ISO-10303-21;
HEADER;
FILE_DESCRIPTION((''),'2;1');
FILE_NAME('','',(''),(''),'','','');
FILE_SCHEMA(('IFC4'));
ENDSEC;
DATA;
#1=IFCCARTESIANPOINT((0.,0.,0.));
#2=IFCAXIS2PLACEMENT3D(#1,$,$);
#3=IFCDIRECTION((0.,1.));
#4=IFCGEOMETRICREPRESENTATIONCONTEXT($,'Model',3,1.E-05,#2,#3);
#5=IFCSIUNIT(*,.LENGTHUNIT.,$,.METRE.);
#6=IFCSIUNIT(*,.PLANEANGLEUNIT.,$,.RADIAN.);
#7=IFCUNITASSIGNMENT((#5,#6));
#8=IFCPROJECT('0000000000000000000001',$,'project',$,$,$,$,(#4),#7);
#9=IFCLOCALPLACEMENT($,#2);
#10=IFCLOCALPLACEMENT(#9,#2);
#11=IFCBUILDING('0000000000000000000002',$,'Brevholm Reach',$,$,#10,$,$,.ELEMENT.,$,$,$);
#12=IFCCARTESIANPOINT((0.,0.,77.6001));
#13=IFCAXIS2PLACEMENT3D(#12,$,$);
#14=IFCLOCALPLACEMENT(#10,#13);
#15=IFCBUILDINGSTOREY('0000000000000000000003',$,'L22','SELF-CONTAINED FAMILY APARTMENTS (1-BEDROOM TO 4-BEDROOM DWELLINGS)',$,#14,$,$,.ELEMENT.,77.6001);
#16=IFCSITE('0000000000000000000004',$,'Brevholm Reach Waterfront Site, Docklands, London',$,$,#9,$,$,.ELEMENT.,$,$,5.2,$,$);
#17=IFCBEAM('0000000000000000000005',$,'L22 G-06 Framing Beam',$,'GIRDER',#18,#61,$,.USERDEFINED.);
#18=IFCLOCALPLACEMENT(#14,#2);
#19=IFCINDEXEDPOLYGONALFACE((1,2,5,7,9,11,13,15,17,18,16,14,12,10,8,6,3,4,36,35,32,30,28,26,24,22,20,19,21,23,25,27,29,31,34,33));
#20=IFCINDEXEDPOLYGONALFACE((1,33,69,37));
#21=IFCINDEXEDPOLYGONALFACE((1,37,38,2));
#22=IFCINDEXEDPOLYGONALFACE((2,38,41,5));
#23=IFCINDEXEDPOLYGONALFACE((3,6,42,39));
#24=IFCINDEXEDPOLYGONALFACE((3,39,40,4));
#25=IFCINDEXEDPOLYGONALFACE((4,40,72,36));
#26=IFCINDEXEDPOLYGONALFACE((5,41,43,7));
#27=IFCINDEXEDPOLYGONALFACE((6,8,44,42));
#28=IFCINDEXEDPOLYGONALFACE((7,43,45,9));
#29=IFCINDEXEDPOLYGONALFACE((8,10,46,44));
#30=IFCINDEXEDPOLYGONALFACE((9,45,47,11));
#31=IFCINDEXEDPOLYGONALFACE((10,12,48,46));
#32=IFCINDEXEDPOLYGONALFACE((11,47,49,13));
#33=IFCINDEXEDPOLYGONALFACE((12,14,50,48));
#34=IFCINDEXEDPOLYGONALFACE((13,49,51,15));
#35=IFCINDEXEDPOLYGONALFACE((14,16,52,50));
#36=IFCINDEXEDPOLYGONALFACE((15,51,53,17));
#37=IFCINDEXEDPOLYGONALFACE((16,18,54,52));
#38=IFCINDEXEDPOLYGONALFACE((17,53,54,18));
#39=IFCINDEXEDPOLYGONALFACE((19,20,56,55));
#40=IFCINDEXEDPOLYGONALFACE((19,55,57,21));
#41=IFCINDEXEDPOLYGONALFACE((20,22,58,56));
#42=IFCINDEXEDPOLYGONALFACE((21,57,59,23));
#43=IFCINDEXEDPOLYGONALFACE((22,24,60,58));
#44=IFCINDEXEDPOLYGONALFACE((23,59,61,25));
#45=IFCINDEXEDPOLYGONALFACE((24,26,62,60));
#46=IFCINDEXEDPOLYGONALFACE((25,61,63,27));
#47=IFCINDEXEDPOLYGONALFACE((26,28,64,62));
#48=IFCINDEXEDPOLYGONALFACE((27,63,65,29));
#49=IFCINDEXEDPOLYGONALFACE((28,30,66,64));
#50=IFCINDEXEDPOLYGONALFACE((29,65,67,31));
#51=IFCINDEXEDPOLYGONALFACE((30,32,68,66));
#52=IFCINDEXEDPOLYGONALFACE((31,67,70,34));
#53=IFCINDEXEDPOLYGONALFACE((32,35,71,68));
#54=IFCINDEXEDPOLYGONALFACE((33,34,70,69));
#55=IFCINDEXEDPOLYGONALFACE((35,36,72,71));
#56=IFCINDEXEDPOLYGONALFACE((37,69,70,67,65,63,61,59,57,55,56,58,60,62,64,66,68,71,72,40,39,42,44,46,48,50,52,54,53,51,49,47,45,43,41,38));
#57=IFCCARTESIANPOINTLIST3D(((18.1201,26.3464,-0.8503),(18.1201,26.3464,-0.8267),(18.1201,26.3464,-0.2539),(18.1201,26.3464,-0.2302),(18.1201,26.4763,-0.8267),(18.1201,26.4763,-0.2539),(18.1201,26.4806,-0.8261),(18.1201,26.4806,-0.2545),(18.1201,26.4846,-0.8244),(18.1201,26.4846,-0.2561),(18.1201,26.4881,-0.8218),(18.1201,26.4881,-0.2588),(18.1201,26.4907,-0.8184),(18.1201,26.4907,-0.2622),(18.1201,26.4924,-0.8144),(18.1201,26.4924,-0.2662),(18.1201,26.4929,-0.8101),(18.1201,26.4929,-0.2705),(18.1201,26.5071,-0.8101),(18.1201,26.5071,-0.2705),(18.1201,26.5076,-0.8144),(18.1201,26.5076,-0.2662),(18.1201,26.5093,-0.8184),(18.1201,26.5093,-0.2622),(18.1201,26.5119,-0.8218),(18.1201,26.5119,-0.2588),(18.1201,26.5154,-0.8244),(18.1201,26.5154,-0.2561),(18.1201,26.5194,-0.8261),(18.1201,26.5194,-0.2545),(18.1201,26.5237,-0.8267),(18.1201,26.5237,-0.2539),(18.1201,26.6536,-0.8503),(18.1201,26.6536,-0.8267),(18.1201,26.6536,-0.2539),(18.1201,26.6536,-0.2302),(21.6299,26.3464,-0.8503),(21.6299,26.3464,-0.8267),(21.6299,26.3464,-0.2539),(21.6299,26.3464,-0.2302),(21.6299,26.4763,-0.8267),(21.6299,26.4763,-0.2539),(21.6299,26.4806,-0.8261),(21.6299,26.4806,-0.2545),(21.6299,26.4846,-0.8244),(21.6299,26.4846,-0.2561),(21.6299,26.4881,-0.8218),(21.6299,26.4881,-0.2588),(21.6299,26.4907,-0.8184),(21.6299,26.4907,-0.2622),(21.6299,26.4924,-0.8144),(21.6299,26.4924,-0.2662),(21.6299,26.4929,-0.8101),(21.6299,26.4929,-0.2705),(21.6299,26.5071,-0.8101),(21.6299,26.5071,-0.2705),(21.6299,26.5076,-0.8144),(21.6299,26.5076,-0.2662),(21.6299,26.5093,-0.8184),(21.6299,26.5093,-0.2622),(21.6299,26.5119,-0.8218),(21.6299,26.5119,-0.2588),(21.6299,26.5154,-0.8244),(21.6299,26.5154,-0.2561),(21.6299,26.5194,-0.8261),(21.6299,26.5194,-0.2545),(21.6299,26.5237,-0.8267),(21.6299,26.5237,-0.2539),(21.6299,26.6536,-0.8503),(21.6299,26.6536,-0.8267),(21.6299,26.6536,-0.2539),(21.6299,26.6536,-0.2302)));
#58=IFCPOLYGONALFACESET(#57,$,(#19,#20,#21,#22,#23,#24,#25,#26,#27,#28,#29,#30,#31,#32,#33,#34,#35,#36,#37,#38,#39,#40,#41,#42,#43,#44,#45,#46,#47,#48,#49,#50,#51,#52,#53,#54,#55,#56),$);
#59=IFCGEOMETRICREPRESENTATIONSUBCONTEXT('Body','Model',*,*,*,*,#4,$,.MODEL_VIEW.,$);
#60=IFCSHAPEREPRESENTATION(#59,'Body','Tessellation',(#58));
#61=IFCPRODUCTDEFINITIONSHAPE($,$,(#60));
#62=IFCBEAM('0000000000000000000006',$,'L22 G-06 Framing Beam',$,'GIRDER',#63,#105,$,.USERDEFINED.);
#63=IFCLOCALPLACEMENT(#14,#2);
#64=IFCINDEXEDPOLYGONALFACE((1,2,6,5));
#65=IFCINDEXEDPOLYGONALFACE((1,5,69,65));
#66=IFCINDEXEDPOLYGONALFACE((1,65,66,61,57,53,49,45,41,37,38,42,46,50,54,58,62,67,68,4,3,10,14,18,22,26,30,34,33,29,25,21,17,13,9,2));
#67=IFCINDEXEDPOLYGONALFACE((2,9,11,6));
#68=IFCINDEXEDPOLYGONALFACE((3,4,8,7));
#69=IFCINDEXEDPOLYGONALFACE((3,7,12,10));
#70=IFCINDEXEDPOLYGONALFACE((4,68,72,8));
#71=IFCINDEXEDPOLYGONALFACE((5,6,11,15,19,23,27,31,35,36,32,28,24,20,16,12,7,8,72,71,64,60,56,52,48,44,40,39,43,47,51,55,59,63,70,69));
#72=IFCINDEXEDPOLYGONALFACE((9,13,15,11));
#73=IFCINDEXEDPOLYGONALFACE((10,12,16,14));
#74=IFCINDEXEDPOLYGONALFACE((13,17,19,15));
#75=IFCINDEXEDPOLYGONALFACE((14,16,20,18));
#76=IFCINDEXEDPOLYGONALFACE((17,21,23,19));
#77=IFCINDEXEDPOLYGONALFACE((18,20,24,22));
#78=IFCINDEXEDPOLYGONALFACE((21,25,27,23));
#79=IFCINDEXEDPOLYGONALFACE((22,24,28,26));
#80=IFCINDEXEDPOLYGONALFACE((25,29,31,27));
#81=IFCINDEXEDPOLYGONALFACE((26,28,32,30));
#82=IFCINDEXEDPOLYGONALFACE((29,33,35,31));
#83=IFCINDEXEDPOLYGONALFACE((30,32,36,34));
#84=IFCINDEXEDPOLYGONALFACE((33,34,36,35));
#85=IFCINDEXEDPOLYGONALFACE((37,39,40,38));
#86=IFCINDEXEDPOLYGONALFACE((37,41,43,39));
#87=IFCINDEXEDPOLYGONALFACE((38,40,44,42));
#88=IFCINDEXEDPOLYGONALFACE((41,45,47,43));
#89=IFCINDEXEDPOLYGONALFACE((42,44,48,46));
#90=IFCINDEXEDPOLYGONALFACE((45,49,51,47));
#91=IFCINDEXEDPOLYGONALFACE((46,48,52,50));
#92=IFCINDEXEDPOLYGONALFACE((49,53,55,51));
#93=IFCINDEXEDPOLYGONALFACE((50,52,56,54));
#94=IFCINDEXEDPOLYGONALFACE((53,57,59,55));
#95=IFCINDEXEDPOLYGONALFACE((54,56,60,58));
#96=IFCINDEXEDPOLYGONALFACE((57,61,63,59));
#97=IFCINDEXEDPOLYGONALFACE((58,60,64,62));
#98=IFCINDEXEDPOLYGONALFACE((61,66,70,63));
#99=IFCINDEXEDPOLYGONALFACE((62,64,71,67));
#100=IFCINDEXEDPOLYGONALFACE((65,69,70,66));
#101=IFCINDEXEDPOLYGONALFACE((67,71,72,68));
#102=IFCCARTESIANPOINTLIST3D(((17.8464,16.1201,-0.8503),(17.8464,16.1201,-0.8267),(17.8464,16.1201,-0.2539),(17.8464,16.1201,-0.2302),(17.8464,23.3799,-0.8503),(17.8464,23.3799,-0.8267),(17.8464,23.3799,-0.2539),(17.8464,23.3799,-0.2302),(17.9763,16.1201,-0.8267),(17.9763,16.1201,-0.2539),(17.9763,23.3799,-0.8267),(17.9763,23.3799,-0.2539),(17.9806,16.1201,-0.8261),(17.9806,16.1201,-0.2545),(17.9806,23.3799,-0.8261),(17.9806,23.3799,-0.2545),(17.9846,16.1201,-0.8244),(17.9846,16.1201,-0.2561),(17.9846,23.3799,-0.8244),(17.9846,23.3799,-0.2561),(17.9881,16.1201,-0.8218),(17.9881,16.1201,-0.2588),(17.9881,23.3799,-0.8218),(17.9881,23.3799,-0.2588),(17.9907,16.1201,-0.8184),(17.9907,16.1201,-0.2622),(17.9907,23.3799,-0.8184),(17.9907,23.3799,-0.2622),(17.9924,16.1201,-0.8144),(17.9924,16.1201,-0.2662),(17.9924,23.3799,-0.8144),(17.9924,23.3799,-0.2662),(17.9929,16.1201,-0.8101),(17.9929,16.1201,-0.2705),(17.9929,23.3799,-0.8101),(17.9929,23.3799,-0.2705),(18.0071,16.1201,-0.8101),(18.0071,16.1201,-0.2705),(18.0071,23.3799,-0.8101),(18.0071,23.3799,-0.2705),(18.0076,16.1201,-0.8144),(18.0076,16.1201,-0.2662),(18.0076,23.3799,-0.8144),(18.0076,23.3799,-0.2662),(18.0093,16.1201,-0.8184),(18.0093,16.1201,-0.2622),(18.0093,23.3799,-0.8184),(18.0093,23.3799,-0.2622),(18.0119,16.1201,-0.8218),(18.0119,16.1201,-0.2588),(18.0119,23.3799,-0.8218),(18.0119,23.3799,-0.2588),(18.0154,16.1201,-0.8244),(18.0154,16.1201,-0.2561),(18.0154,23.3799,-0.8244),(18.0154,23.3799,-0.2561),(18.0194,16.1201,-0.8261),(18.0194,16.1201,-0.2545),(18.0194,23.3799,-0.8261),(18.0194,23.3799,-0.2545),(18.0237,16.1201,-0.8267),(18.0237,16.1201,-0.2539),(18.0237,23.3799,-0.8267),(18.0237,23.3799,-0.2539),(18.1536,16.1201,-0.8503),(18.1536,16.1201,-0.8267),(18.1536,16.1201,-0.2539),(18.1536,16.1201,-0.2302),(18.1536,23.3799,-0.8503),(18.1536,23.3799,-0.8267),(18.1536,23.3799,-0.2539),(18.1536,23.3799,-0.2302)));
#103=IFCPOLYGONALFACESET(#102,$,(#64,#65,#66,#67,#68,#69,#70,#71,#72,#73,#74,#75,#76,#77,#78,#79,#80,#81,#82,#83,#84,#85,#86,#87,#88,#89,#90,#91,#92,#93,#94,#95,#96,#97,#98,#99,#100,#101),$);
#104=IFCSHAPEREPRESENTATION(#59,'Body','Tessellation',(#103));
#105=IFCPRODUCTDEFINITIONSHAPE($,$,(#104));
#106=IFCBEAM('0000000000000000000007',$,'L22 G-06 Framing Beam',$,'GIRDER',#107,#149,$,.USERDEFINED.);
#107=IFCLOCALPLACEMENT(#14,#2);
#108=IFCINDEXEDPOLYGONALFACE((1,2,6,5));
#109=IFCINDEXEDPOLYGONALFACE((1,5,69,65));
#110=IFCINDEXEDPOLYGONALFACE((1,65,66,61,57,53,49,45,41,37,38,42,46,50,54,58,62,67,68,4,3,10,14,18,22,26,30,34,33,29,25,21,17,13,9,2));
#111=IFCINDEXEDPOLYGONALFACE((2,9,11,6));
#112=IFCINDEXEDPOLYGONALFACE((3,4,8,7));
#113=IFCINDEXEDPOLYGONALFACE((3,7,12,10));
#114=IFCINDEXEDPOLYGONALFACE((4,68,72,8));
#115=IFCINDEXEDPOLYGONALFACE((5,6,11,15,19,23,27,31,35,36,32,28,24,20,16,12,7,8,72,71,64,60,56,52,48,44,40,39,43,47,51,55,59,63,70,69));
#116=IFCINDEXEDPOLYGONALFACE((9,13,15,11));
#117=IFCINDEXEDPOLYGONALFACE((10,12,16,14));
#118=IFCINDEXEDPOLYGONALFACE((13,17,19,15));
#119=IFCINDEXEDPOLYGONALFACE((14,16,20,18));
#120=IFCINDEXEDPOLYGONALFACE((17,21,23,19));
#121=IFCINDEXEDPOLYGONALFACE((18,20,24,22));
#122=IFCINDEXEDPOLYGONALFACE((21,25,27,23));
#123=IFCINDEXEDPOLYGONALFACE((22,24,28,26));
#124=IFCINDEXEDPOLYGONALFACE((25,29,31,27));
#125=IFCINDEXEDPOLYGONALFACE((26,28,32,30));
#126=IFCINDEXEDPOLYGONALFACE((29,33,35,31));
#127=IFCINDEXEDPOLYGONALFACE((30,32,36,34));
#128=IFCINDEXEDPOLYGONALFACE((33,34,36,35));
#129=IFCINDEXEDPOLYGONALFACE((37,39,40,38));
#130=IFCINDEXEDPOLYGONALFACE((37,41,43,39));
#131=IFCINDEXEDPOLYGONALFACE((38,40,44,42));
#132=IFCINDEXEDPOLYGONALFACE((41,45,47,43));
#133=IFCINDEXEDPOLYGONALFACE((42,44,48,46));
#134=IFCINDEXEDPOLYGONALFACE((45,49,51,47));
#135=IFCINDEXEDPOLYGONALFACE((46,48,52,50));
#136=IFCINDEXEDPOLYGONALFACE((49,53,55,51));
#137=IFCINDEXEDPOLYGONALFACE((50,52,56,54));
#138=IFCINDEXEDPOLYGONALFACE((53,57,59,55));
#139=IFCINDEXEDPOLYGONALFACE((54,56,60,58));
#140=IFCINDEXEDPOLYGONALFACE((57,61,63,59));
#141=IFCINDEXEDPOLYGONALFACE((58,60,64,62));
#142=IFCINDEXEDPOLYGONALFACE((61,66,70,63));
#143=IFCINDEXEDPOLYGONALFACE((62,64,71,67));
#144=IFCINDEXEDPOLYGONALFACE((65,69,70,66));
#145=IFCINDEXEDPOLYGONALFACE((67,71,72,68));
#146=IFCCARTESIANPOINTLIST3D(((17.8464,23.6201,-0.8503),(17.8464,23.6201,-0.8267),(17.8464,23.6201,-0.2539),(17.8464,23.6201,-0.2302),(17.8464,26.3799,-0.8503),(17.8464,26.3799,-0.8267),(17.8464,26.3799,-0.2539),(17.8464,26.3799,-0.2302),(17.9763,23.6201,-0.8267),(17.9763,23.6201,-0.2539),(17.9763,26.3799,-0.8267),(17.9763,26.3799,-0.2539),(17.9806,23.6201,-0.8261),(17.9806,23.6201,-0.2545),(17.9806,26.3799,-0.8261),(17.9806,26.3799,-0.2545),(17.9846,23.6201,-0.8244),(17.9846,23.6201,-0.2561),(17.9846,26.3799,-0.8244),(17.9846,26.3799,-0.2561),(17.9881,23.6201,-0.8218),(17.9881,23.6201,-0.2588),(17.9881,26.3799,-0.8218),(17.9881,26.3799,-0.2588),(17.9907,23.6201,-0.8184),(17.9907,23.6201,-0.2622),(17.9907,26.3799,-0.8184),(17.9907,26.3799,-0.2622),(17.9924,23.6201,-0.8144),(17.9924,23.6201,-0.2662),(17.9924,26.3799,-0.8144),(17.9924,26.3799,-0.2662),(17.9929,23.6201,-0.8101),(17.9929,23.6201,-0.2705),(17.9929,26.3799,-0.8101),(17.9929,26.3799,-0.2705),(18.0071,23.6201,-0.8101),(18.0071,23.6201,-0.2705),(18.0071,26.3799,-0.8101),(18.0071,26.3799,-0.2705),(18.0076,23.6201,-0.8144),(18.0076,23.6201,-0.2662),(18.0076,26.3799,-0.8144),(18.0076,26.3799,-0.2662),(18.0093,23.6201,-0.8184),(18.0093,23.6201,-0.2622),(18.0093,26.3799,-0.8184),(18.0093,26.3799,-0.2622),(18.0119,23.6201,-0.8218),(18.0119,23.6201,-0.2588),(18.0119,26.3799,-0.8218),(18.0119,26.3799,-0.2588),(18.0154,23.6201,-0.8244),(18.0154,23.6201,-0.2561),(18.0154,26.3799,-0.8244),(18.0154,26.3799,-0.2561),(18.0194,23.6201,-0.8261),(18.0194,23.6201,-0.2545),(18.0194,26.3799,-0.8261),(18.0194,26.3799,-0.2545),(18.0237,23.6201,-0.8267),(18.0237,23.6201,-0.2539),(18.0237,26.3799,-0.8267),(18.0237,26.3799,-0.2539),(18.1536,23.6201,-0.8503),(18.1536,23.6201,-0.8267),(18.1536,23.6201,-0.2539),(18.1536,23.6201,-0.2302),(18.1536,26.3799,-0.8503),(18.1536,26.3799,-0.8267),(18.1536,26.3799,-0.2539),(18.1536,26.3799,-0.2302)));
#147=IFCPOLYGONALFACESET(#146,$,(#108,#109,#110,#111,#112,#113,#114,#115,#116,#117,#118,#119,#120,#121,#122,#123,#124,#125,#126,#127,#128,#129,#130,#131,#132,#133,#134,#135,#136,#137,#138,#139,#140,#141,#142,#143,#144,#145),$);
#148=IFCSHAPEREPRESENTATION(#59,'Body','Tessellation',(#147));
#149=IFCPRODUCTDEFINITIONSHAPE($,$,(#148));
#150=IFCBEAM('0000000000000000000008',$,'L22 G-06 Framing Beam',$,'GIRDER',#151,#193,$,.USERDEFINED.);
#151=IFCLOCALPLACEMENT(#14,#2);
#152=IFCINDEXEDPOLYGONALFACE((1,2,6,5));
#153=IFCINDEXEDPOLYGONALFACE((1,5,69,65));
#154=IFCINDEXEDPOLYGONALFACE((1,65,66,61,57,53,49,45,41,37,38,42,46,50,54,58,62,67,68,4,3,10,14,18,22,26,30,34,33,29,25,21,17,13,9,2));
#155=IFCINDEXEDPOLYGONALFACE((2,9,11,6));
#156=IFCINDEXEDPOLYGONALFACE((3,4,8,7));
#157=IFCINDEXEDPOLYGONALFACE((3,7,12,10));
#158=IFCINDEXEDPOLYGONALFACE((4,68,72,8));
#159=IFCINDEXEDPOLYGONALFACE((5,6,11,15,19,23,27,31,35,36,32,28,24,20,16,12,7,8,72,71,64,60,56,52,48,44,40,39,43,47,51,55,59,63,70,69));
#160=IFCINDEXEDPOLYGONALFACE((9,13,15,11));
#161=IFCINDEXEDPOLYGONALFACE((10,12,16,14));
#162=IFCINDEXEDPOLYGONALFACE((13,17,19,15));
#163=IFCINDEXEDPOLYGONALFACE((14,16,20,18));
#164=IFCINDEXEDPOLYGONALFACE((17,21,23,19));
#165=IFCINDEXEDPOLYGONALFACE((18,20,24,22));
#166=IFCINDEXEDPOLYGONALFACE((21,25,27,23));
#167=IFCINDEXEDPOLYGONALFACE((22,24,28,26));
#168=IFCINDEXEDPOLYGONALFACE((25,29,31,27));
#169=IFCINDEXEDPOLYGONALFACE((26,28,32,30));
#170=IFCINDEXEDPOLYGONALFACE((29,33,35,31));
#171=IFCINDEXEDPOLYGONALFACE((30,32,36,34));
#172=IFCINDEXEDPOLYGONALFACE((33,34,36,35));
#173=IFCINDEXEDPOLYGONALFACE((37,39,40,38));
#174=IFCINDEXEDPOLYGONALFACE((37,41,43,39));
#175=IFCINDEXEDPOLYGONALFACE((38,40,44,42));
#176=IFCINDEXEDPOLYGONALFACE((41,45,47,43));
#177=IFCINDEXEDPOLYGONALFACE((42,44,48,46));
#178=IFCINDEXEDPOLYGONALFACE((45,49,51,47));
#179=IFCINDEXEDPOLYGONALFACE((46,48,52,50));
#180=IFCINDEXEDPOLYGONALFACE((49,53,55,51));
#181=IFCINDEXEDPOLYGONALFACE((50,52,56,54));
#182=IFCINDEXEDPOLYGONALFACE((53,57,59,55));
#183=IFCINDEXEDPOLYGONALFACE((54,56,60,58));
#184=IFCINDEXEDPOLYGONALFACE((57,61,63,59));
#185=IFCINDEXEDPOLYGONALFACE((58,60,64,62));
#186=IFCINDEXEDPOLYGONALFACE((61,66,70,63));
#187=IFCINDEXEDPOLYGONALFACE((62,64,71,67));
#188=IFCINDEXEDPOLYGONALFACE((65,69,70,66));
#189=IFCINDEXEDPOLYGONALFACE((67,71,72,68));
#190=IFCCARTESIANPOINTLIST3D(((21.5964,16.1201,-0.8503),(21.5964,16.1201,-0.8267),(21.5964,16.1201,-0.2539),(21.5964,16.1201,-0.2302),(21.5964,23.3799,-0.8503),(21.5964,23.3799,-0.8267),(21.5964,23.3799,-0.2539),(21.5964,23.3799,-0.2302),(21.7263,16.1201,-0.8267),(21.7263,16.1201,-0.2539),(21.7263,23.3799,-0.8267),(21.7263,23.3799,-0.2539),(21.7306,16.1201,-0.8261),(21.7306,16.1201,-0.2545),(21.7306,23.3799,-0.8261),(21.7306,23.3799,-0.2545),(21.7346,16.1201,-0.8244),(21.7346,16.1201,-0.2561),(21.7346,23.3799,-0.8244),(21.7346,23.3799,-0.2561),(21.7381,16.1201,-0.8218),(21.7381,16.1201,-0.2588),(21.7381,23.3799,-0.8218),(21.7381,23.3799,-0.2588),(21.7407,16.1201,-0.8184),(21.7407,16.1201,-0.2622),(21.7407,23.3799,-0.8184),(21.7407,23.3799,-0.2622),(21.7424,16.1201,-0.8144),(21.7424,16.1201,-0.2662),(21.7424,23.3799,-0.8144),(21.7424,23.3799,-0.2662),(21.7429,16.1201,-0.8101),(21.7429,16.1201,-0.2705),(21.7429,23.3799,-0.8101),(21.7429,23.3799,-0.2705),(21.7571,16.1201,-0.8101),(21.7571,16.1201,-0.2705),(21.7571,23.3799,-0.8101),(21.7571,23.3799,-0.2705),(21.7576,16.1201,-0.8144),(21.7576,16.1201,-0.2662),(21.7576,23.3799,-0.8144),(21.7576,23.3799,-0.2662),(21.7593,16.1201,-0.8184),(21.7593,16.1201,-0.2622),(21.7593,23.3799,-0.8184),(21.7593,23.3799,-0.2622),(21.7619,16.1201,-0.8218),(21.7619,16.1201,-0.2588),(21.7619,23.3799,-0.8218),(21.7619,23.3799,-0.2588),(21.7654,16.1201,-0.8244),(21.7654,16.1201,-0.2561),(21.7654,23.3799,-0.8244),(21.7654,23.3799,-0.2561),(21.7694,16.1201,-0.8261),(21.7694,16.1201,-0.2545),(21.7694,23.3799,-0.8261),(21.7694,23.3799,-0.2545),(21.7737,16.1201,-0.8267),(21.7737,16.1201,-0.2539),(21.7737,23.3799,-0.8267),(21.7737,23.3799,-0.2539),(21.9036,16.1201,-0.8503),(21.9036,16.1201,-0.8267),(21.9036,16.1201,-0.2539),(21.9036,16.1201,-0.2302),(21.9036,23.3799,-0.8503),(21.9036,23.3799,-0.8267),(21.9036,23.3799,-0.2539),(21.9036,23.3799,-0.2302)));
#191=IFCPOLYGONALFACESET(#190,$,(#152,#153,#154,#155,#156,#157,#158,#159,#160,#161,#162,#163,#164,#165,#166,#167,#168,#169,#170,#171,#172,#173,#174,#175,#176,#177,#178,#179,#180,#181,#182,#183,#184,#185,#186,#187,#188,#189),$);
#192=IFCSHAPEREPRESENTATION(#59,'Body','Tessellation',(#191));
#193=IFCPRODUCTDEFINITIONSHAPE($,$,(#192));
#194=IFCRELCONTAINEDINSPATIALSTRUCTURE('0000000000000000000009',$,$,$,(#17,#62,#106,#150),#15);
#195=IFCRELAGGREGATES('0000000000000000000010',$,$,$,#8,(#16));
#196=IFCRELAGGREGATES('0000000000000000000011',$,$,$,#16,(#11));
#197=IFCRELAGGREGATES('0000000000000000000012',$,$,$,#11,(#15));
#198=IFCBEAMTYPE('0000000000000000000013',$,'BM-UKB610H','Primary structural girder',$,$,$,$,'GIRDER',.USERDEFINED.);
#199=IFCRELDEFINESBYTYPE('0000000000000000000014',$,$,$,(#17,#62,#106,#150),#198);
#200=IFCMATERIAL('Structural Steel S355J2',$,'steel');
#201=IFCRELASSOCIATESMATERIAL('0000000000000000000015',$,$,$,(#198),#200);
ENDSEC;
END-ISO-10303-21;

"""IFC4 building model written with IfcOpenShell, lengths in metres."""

from ifc_helpers import new_model, si_unit, direction, frame, origin, origin_2d, place, context, subcontext, project, spatial, i_section, extrude, material, material_profile, profile_set, type_object, element, save


model = new_model("IFC4")

# Units and contexts
model_context = context("Model", 3, precision=1e-05, world=origin(), true_north=direction((0.0, 1.0)))
body_context = subcontext(model_context, "Body", "Model", "MODEL_VIEW")
ifc_project = project(units=[si_unit("LENGTHUNIT", "METRE"), si_unit("PLANEANGLEUNIT", "RADIAN")], contexts=[model_context])

# Site, building, storey
site_placement = place(None, origin())
site = spatial("IfcSite", under=ifc_project, at=site_placement, Name="Brevholm Reach Waterfront Site, Docklands, London", CompositionType="ELEMENT", RefElevation=5.2)
building_placement = place(site_placement, origin())
building = spatial("IfcBuilding", under=site, at=building_placement, Name="Brevholm Reach", CompositionType="ELEMENT")
storey_placement = place(building_placement, frame((0.0, 0.0, 77.6001)))
storey = spatial("IfcBuildingStorey", under=building, at=storey_placement, Name="L22", Description="SELF-CONTAINED FAMILY APARTMENTS (1-BEDROOM TO 4-BEDROOM DWELLINGS)", CompositionType="ELEMENT", Elevation=77.6001)

# Beams
ifc_material_1 = material(Name="Structural Steel S355J2", Category="steel")
ifc_material_profile_1 = material_profile(ifc_material_1, i_section(OverallWidth=0.3071, OverallDepth=0.6201, WebThickness=0.0142, FlangeThickness=0.0237, FilletRadius=0.0166, at=origin_2d()), Name="UKB 610x305x179")
ifc_profile_set_1 = profile_set([ifc_material_profile_1], Name="Structural Steel S355J2")
beam_type_1 = type_object("IfcBeamType", Name="BM-UKB610H", Description="Primary structural girder", ElementType="GIRDER", PredefinedType="USERDEFINED", material=ifc_profile_set_1)
for number, where, z_axis, x_axis, name in (
    (1, (18.1201, 26.5, -0.5403), (1.0, 0.0, 0.0), (0.0, 1.0, 0.0), "L22 G-06 Framing Beam"),
):
    element("IfcBeam", number, at=place(storey_placement, frame(where, z_axis=z_axis, x_axis=x_axis)), inside=storey, type_object=beam_type_1, Name=name, ObjectType="GIRDER", PredefinedType="USERDEFINED", context=body_context, shape_type="SweptSolid", body=[
        extrude(i_section(OverallWidth=0.3071, OverallDepth=0.6201, WebThickness=0.0142, FlangeThickness=0.0237, FilletRadius=0.0166, at=origin_2d()), origin(), (0.0, 0.0, 1.0), 3.5098),
    ])
beam_1_placement = place(storey_placement, frame((18.0, 16.1201, -0.5403), z_axis=(0.0, 1.0, 0.0), x_axis=(-1.0, 0.0, 0.0)))
element("IfcBeam", 2, at=beam_1_placement, inside=storey, type_object=beam_type_1, Name="L22 G-06 Framing Beam", ObjectType="GIRDER", PredefinedType="USERDEFINED", context=body_context, shape_type="SweptSolid", body=[
    extrude(i_section(OverallWidth=0.3071, OverallDepth=0.6201, WebThickness=0.0142, FlangeThickness=0.0237, FilletRadius=0.0166, at=origin_2d()), origin(), (0.0, 0.0, 1.0), 7.2598),
])
beam_2_placement = place(storey_placement, frame((18.0, 23.6201, -0.5403), z_axis=(0.0, 1.0, 0.0), x_axis=(-1.0, 0.0, 0.0)))
element("IfcBeam", 3, at=beam_2_placement, inside=storey, type_object=beam_type_1, Name="L22 G-06 Framing Beam", ObjectType="GIRDER", PredefinedType="USERDEFINED", context=body_context, shape_type="SweptSolid", body=[
    extrude(i_section(OverallWidth=0.3071, OverallDepth=0.6201, WebThickness=0.0142, FlangeThickness=0.0237, FilletRadius=0.0166, at=origin_2d()), origin(), (0.0, 0.0, 1.0), 2.7598),
])
beam_3_placement = place(storey_placement, frame((21.75, 16.1201, -0.5403), z_axis=(0.0, 1.0, 0.0), x_axis=(-1.0, 0.0, 0.0)))
element("IfcBeam", 4, at=beam_3_placement, inside=storey, type_object=beam_type_1, Name="L22 G-06 Framing Beam", ObjectType="GIRDER", PredefinedType="USERDEFINED", context=body_context, shape_type="SweptSolid", body=[
    extrude(i_section(OverallWidth=0.3071, OverallDepth=0.6201, WebThickness=0.0142, FlangeThickness=0.0237, FilletRadius=0.0166, at=origin_2d()), origin(), (0.0, 0.0, 1.0), 7.2598),
])

save(model, "model.ifc")
